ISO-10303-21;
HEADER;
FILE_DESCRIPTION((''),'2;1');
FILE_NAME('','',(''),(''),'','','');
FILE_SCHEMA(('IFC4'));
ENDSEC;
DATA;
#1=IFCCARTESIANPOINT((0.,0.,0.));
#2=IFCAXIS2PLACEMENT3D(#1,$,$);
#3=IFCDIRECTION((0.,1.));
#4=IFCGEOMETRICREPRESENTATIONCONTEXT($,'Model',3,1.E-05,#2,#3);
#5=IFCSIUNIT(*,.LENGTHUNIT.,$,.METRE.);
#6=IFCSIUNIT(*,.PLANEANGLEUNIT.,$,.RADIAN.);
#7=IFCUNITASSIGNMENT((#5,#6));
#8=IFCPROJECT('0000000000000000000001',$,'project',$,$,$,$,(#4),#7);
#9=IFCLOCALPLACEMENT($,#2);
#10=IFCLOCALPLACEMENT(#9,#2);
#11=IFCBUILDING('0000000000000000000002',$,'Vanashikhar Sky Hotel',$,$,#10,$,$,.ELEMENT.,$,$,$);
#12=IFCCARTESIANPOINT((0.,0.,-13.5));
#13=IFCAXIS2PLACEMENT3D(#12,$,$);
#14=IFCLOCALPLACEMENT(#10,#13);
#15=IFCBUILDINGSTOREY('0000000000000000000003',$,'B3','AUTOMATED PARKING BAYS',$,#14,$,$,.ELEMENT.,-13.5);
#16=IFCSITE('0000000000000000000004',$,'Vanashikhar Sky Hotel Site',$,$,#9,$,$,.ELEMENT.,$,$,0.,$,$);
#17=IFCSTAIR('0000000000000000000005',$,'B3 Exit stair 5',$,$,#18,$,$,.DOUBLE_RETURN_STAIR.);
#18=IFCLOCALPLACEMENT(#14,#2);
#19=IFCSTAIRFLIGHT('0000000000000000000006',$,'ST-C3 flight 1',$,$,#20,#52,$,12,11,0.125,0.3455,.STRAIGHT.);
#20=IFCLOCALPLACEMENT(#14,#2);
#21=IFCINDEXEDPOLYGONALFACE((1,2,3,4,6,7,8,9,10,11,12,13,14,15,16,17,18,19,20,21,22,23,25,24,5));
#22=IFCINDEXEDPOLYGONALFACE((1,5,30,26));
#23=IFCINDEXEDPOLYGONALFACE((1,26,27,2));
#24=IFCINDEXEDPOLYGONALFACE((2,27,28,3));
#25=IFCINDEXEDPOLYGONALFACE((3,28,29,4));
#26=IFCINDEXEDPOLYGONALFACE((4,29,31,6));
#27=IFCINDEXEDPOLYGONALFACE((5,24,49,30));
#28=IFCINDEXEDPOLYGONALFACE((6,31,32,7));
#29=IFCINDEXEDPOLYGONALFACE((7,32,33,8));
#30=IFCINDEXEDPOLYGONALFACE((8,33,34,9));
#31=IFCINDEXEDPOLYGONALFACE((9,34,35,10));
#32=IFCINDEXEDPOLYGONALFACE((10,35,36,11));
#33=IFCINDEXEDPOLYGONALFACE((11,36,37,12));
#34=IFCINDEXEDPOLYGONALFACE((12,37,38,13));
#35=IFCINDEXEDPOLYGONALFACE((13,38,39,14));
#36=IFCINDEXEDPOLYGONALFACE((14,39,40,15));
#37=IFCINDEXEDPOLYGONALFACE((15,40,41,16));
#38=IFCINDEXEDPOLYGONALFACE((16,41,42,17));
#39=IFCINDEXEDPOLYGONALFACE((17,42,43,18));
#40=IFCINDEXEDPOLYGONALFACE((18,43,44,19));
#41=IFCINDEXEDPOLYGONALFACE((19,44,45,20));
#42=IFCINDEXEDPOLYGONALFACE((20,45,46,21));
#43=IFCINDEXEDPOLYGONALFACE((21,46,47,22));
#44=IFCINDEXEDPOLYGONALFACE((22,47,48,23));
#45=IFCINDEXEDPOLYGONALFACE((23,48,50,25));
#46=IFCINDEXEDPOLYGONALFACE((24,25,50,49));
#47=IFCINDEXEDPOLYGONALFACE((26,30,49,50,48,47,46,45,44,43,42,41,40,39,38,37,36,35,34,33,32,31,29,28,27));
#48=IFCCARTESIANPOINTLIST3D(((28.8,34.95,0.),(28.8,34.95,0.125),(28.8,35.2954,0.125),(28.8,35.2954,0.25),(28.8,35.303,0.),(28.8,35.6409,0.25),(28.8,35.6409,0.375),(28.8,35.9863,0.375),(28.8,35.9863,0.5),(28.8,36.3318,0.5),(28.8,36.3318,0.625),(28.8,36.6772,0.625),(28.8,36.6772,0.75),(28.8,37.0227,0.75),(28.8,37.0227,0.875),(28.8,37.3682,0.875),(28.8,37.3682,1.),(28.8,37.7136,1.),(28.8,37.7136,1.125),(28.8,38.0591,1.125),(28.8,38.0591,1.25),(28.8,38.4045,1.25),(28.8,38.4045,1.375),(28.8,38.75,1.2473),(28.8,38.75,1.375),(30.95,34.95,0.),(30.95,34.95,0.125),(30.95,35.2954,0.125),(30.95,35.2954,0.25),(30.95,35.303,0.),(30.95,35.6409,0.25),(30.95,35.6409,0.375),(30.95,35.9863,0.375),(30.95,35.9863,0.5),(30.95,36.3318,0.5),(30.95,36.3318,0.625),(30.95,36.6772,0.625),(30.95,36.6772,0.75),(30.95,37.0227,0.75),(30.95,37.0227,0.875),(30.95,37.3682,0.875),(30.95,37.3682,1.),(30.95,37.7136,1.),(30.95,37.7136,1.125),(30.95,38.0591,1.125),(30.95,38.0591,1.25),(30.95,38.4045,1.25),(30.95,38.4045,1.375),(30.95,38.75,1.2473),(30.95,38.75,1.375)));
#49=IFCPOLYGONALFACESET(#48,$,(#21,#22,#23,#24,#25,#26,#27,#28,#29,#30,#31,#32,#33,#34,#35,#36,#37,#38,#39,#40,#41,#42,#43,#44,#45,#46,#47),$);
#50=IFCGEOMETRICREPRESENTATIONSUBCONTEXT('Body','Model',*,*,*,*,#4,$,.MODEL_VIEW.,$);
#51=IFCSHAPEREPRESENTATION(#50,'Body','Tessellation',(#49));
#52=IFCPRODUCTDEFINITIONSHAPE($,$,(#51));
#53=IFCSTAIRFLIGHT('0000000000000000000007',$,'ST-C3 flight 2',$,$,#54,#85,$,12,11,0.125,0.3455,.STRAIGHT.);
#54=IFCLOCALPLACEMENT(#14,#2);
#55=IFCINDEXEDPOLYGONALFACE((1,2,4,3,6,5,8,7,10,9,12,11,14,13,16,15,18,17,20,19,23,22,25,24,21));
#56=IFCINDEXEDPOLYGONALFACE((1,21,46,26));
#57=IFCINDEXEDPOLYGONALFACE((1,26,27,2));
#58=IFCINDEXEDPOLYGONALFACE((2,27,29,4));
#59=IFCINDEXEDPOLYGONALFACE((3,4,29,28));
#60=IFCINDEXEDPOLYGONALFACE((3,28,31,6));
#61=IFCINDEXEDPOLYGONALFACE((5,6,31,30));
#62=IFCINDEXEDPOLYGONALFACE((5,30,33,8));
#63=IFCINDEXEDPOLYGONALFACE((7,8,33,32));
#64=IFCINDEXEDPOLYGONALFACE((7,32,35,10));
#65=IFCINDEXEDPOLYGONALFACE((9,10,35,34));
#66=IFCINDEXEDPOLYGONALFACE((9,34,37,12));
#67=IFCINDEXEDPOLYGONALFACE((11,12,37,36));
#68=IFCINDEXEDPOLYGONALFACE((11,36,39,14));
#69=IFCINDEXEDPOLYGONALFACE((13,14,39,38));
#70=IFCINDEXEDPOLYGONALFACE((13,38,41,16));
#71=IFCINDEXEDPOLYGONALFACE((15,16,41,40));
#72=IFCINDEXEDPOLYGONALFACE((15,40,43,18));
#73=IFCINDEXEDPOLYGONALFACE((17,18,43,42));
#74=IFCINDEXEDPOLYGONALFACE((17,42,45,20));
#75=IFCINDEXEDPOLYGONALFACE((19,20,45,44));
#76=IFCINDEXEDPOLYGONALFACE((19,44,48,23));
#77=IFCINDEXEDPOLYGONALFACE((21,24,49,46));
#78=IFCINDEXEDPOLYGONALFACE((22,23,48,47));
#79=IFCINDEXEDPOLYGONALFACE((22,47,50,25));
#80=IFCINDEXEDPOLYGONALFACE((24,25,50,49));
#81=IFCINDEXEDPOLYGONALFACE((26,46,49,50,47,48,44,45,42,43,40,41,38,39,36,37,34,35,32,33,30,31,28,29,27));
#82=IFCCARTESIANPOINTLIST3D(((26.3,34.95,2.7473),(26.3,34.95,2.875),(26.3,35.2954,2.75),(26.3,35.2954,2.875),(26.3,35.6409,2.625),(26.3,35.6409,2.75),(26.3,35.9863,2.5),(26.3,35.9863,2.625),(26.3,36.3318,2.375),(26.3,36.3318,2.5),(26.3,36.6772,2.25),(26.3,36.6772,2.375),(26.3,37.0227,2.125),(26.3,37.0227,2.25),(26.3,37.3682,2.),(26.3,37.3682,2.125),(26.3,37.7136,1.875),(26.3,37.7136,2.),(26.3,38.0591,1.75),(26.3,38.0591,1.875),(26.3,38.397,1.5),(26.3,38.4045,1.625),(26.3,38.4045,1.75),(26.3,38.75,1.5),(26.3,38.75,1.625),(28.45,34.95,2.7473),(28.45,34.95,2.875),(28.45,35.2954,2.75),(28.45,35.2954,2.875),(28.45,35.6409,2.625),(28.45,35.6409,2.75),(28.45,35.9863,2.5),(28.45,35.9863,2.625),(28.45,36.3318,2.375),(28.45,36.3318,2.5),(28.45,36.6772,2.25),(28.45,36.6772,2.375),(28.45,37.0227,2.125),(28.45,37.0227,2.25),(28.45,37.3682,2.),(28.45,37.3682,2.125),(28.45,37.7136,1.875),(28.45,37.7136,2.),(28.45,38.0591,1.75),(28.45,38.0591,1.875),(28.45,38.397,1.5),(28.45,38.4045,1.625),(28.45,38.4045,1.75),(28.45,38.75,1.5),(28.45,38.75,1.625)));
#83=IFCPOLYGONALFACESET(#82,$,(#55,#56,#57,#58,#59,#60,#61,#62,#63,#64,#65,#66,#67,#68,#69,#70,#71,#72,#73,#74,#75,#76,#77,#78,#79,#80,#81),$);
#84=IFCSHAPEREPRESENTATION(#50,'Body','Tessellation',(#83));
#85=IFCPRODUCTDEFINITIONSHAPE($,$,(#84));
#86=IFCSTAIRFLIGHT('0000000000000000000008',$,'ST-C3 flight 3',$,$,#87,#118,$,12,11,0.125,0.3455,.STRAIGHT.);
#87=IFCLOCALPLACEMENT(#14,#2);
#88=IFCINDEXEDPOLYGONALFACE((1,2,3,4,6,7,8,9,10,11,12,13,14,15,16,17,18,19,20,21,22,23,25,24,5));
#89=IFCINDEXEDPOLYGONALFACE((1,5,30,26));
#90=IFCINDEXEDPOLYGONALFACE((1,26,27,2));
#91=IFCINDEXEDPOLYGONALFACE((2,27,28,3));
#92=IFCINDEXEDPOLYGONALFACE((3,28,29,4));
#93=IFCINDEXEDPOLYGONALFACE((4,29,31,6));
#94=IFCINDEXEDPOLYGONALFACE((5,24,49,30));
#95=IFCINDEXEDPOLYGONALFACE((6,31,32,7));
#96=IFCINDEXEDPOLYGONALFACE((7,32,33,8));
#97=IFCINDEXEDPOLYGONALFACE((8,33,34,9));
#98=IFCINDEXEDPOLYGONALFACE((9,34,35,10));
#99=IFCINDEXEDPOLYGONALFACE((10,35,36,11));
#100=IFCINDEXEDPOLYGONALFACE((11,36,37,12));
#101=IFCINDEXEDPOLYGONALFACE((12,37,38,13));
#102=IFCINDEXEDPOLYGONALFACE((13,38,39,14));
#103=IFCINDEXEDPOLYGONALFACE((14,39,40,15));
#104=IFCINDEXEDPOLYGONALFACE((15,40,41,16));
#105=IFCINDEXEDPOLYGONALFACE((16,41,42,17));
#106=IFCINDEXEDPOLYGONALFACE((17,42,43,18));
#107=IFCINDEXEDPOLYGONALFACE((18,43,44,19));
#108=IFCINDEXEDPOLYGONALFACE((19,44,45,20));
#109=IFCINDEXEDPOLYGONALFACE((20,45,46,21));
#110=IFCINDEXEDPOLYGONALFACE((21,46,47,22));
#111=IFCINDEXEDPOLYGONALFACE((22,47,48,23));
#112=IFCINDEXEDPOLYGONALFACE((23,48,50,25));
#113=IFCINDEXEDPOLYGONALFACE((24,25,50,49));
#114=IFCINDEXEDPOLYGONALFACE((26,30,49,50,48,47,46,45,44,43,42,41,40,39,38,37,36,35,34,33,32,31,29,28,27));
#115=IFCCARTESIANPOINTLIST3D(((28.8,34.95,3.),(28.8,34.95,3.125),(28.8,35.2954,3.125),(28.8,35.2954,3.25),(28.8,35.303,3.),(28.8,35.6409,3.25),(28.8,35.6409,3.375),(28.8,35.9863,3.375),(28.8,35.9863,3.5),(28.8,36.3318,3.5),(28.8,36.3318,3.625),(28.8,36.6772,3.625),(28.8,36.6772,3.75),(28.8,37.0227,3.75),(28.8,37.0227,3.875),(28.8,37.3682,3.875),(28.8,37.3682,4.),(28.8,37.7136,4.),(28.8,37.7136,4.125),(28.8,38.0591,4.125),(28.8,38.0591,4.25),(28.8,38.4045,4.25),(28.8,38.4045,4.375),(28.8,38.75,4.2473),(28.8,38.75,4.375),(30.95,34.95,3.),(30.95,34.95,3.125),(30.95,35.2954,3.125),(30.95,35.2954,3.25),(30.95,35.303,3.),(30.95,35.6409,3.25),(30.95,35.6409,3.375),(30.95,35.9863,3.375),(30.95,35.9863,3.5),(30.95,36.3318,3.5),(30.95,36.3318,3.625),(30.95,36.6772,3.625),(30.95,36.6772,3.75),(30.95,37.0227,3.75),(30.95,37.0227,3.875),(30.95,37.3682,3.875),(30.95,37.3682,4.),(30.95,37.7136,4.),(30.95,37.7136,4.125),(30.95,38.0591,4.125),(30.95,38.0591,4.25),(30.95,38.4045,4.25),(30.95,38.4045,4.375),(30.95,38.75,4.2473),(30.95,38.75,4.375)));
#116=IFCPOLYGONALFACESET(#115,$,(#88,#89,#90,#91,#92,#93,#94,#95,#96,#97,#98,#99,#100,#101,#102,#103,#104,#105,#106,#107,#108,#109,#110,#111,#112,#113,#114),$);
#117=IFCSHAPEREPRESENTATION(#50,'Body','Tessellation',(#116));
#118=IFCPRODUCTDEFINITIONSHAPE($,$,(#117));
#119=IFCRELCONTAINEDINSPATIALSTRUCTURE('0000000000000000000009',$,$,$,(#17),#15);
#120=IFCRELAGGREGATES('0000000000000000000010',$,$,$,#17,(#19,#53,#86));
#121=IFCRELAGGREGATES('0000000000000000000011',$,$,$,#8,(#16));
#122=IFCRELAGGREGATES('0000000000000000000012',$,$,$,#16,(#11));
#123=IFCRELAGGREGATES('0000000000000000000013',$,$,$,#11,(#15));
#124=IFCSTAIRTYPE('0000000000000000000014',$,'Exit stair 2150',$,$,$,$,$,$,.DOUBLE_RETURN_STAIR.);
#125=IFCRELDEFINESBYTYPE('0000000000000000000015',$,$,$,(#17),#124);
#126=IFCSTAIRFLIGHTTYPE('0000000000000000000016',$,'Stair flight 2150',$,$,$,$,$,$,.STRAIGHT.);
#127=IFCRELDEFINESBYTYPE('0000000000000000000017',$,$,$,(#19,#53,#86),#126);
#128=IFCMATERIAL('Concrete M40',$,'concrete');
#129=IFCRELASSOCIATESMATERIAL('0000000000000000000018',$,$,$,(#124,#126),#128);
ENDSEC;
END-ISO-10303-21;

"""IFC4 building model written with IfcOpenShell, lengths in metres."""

from ifc_helpers import new_model, si_unit, direction, frame, origin, place, context, subcontext, project, spatial, polyline, outline, extrude, source, transform, mapped, material, type_object, element, aggregate, save


model = new_model("IFC4")

# Units and contexts
model_context = context("Model", 3, precision=1e-05, world=origin(), true_north=direction((0.0, 1.0)))
body_context = subcontext(model_context, "Body", "Model", "MODEL_VIEW")
ifc_project = project(units=[si_unit("LENGTHUNIT", "METRE"), si_unit("PLANEANGLEUNIT", "RADIAN")], contexts=[model_context])

# Site, building, storey
site_placement = place(None, origin())
site = spatial("IfcSite", under=ifc_project, at=site_placement, Name="Vanashikhar Sky Hotel Site", CompositionType="ELEMENT", RefElevation=0.0)
building_placement = place(site_placement, origin())
building = spatial("IfcBuilding", under=site, at=building_placement, Name="Vanashikhar Sky Hotel", CompositionType="ELEMENT")
storey_placement = place(building_placement, frame((0.0, 0.0, -13.5)))
storey = spatial("IfcBuildingStorey", under=building, at=storey_placement, Name="B3", Description="AUTOMATED PARKING BAYS", CompositionType="ELEMENT", Elevation=-13.5)

# Shared definitions
ifc_material_1 = material(Name="Concrete M40", Category="concrete")

# Stair, stair flights
stair_type = type_object("IfcStairType", Name="Exit stair 2150", PredefinedType="DOUBLE_RETURN_STAIR", material=ifc_material_1)
stair_placement = place(storey_placement, origin())
stair = element("IfcStair", 1, at=stair_placement, inside=storey, type_object=stair_type, Name="B3 Exit stair 5", PredefinedType="DOUBLE_RETURN_STAIR")
stair_flight_type = type_object("IfcStairFlightType", Name="Stair flight 2150", PredefinedType="STRAIGHT", material=ifc_material_1)
shared_shape_1 = source(origin(), body_context, "Body", "SweptSolid", [
    extrude(outline(polyline([(0.0, 0.0), (0.0, 0.125), (0.3455, 0.125), (0.3455, 0.25), (0.6909, 0.25), (0.6909, 0.375), (1.0364, 0.375), (1.0364, 0.5), (1.3818, 0.5), (1.3818, 0.625), (1.7273, 0.625), (1.7273, 0.75), (2.0728, 0.75), (2.0728, 0.875), (2.4182, 0.875), (2.4182, 1.0), (2.7637, 1.0), (2.7637, 1.125), (3.1091, 1.125), (3.1091, 1.25), (3.4546, 1.25), (3.4546, 1.375), (3.8, 1.375), (3.8, 1.5), (3.8, 1.2473), (0.353, 0.0), (0.0, 0.0)])), frame((0.0, 1.075, 0.0), z_axis=(0.0, -1.0, 0.0), x_axis=(1.0, 0.0, 0.0)), (0.0, 0.0, 1.0), 2.1499),
])
stair_flight_1_placement = place(storey_placement, frame((29.875, 34.95, 0.0), z_axis=(0.0, 0.0, 1.0), x_axis=(0.0, 1.0, 0.0)))
stair_flight_1 = element("IfcStairFlight", 2, at=stair_flight_1_placement, type_object=stair_flight_type, Name="ST-C3 flight 1", NumberOfRisers=12, NumberOfTreads=11, PredefinedType="STRAIGHT", RiserHeight=0.125, TreadLength=0.3455, context=body_context, shape_type="MappedRepresentation", body=[
    mapped(shared_shape_1, transform((0.0, 0.0, 0.0), scale=1.0)),
])
stair_flight_2_placement = place(storey_placement, frame((27.375, 38.75, 1.5), z_axis=(0.0, 0.0, 1.0), x_axis=(0.0, -1.0, 0.0)))
stair_flight_2 = element("IfcStairFlight", 3, at=stair_flight_2_placement, type_object=stair_flight_type, Name="ST-C3 flight 2", NumberOfRisers=12, NumberOfTreads=11, PredefinedType="STRAIGHT", RiserHeight=0.125, TreadLength=0.3455, context=body_context, shape_type="MappedRepresentation", body=[
    mapped(shared_shape_1, transform((0.0, 0.0, 0.0), scale=1.0)),
])
stair_flight_3_placement = place(storey_placement, frame((29.875, 34.95, 3.0), z_axis=(0.0, 0.0, 1.0), x_axis=(0.0, 1.0, 0.0)))
stair_flight_3 = element("IfcStairFlight", 4, at=stair_flight_3_placement, type_object=stair_flight_type, Name="ST-C3 flight 3", NumberOfRisers=12, NumberOfTreads=11, PredefinedType="STRAIGHT", RiserHeight=0.125, TreadLength=0.3455, context=body_context, shape_type="MappedRepresentation", body=[
    mapped(shared_shape_1, transform((0.0, 0.0, 0.0), scale=1.0)),
])
aggregate(stair, [stair_flight_1, stair_flight_2, stair_flight_3])

save(model, "model.ifc")
